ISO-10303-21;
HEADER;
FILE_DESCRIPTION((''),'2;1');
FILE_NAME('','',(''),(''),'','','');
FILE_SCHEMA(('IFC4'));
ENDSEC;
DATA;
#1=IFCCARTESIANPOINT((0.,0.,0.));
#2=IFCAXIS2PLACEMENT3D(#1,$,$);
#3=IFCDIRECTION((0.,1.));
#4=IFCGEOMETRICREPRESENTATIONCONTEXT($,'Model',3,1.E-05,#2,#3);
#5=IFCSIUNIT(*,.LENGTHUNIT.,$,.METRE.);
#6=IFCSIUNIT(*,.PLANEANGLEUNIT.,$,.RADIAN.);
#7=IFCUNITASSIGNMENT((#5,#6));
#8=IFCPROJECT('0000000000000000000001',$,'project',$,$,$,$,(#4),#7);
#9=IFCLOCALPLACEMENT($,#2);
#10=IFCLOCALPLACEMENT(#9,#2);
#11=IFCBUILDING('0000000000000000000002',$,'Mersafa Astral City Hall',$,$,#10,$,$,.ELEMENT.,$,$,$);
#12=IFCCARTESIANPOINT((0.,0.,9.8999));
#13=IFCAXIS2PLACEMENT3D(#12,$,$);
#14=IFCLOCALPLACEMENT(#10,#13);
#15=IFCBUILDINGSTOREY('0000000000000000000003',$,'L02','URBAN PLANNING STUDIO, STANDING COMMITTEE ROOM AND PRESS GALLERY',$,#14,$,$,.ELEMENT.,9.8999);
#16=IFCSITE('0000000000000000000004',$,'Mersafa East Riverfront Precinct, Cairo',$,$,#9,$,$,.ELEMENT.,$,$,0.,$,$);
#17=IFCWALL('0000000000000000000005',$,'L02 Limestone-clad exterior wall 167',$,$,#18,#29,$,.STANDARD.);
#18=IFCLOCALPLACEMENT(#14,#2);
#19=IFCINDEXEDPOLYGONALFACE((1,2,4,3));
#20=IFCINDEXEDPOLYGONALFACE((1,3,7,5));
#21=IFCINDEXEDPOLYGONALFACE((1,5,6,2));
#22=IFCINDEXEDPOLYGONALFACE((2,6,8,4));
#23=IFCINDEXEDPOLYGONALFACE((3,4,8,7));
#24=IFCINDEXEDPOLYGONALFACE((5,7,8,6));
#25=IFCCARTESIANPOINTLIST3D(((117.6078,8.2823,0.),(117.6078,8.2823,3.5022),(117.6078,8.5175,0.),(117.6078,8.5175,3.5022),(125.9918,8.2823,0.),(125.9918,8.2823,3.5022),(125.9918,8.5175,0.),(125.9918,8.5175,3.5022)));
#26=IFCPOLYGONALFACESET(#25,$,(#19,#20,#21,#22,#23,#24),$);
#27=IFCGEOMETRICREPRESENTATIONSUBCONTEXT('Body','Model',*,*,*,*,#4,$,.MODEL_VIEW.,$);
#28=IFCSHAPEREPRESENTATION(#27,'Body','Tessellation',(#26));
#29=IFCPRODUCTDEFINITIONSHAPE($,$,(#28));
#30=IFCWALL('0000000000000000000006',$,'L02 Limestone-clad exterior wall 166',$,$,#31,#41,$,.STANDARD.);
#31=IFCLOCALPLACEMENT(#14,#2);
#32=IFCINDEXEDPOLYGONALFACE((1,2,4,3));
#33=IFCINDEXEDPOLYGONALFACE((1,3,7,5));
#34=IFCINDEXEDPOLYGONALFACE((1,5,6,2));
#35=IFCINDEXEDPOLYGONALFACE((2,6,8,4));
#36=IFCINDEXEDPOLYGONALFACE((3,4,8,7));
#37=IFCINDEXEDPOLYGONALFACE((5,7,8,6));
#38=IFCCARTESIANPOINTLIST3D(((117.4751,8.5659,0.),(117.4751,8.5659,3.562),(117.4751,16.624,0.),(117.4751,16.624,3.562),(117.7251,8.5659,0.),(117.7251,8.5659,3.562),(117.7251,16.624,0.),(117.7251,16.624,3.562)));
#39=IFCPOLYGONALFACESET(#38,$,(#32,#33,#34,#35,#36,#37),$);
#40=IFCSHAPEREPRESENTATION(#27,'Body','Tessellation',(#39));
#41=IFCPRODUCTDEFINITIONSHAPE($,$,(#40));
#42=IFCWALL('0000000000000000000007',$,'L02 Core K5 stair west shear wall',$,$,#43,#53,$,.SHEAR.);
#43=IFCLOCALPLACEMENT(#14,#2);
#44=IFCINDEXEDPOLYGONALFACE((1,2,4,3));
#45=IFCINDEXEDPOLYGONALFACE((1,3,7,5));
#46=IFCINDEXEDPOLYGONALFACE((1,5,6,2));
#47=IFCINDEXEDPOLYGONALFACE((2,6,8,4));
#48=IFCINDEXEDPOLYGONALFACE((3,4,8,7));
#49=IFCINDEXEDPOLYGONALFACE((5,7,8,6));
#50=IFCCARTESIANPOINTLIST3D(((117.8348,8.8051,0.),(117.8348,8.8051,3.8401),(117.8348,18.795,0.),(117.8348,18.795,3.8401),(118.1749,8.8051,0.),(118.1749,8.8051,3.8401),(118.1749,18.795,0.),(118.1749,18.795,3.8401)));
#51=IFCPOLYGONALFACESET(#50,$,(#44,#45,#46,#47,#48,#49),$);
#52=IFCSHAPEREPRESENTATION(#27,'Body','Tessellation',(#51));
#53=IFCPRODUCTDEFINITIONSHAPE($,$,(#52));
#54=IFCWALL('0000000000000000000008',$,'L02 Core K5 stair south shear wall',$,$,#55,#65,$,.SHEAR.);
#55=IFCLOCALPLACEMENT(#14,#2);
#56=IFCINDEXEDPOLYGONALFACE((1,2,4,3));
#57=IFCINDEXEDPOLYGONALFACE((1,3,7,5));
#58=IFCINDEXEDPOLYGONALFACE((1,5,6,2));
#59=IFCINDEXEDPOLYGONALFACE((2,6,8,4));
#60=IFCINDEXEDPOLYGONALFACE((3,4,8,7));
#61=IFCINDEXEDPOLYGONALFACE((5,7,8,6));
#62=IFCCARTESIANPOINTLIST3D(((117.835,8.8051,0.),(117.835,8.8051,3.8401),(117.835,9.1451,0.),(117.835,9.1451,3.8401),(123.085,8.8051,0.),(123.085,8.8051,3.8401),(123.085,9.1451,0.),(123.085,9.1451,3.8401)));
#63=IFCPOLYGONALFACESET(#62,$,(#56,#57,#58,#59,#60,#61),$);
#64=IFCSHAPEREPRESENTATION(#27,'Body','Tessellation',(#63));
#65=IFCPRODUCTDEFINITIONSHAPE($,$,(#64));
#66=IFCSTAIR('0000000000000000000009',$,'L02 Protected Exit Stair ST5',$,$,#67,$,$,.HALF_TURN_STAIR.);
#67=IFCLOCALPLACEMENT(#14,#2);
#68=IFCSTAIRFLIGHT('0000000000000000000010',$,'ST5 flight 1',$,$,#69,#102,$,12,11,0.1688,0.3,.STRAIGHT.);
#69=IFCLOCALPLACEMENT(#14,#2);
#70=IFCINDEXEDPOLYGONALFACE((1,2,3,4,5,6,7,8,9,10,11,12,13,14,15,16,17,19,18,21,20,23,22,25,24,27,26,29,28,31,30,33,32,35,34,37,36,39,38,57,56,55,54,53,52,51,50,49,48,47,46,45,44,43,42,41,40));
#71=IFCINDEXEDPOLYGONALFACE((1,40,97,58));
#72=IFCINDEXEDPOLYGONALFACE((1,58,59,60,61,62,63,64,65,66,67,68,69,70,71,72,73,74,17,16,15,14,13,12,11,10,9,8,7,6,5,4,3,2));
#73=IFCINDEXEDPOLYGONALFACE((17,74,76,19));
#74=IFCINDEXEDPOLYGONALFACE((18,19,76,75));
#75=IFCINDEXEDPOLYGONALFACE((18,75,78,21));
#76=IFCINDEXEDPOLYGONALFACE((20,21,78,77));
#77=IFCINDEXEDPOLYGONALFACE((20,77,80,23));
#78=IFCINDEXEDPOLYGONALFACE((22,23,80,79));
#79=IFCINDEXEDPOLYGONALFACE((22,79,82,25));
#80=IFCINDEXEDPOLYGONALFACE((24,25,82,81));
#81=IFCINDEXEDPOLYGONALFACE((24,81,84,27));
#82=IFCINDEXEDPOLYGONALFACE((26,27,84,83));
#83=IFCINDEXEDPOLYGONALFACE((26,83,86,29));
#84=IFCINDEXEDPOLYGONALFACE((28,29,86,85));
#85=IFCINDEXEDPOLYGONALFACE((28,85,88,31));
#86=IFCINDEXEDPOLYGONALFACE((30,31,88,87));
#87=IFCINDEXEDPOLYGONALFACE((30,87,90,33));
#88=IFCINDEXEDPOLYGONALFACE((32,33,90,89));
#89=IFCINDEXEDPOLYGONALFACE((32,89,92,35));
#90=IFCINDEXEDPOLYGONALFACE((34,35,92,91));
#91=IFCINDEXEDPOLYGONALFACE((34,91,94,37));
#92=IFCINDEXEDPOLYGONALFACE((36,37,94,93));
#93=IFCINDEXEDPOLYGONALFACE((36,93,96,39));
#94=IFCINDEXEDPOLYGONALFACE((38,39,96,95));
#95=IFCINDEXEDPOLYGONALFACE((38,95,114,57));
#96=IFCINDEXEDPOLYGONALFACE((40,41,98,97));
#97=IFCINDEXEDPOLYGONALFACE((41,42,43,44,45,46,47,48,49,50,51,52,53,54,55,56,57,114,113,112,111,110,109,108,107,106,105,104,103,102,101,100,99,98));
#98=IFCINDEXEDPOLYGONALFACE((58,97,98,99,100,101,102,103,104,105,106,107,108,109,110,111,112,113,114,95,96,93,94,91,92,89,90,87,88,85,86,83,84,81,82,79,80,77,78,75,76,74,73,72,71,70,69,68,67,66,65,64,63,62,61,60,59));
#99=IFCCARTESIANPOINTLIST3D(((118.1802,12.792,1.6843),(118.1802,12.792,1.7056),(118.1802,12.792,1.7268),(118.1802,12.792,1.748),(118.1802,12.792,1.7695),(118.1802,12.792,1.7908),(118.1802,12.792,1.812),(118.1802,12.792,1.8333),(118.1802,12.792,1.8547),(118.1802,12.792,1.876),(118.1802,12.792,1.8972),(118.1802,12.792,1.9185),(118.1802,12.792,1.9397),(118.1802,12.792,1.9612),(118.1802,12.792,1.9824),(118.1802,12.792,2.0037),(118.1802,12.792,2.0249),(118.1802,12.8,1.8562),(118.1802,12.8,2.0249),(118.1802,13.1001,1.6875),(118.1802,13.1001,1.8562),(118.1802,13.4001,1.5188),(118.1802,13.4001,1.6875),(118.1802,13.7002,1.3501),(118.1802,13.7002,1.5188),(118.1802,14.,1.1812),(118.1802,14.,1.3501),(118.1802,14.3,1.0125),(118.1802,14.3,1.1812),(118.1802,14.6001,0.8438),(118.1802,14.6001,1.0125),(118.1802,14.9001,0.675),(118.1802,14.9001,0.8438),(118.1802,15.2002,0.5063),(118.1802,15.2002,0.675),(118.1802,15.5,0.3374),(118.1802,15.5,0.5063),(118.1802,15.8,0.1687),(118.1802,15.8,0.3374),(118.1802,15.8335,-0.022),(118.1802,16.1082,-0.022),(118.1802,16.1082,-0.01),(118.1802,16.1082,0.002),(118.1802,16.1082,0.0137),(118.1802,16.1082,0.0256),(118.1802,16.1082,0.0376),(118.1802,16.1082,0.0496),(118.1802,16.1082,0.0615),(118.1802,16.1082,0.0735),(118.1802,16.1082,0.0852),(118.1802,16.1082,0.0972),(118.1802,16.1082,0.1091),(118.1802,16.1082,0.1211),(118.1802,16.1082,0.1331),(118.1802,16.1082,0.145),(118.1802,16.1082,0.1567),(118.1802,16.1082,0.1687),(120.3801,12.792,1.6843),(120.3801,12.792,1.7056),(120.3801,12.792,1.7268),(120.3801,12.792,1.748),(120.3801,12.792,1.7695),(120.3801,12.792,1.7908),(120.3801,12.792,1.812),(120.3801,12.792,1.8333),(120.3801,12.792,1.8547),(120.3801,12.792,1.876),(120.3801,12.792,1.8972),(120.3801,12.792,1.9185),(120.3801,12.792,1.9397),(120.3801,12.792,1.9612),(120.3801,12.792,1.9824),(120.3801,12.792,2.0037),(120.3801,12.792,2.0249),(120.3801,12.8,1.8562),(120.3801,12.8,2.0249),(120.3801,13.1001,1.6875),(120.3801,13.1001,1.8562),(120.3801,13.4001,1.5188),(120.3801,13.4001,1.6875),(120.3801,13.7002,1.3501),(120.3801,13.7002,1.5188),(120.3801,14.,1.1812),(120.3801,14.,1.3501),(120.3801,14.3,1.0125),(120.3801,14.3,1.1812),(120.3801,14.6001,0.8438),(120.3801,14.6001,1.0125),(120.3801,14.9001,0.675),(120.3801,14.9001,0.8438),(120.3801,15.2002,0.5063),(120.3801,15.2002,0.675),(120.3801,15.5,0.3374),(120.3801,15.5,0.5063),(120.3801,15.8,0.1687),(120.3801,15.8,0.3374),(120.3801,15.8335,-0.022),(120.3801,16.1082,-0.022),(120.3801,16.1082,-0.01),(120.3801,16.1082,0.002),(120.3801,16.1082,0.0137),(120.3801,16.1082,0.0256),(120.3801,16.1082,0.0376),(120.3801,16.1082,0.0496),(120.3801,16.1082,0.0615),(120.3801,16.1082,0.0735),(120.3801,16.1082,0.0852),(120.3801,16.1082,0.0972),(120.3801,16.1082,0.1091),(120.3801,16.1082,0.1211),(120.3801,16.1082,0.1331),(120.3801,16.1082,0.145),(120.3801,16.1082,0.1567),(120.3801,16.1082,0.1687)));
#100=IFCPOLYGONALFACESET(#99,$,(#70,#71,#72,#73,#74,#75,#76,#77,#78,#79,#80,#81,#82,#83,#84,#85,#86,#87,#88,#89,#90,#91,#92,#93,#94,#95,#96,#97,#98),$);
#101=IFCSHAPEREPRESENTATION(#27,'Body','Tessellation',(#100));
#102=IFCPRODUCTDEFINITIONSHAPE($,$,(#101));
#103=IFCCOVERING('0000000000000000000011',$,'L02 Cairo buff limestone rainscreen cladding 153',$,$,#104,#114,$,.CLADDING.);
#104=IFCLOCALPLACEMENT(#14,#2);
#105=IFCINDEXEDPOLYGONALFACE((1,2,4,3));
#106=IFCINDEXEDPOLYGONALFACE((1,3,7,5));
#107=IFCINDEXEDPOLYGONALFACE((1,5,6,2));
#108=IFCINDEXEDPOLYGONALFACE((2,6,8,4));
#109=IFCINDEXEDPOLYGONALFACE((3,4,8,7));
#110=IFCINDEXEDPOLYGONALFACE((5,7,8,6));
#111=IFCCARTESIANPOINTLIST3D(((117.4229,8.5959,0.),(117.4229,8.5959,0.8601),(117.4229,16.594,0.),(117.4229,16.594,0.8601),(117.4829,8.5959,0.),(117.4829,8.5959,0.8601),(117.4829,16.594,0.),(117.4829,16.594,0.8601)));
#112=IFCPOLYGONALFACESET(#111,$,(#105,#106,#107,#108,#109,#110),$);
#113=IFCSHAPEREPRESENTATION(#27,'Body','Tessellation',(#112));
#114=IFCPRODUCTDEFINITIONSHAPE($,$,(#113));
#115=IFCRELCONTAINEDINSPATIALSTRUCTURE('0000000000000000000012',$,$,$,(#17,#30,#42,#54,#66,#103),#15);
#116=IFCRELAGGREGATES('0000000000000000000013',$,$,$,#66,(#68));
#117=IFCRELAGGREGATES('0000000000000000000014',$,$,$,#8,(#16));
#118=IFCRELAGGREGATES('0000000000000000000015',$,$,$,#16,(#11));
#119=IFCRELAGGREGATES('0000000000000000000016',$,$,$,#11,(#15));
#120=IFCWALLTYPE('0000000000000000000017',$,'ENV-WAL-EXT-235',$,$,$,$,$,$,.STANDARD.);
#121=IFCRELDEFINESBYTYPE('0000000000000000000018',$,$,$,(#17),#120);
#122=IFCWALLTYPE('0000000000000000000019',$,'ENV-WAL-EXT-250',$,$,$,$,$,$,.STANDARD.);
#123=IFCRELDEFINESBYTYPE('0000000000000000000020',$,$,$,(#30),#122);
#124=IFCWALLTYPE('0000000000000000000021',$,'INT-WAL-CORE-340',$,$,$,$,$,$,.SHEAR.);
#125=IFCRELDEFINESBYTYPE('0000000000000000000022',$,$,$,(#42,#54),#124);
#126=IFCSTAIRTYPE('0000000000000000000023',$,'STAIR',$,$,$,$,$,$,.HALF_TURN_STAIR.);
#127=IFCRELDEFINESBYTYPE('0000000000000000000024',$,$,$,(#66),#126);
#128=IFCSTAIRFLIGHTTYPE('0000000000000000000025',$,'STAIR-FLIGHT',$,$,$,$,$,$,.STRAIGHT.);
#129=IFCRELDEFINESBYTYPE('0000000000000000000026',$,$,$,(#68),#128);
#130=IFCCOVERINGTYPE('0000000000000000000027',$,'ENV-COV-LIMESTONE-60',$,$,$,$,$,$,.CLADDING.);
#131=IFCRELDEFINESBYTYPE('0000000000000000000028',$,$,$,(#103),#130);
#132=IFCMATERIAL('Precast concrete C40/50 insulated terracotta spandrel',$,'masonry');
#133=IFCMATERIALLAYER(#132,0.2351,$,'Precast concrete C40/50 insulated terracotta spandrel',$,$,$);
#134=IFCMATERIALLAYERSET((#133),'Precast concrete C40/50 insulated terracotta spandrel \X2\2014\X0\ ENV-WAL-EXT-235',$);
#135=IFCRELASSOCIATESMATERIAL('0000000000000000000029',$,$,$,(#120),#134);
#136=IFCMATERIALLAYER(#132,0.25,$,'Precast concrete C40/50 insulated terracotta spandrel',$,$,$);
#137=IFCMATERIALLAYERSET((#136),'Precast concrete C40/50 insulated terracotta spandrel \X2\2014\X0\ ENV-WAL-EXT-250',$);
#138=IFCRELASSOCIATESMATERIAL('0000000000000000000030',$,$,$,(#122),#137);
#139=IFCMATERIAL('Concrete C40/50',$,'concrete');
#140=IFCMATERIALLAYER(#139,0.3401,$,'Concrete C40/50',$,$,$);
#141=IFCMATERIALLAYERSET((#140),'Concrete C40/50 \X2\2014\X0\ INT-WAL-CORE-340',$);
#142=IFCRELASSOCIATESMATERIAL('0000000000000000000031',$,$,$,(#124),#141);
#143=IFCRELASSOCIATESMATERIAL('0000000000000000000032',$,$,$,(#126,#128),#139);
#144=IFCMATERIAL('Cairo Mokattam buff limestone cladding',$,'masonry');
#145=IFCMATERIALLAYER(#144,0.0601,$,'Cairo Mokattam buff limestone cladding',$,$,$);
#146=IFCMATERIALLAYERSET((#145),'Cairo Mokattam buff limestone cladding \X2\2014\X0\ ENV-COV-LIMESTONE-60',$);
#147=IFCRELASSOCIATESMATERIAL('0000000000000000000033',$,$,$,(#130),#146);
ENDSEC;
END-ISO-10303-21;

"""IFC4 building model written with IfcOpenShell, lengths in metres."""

from ifc_helpers import new_model, si_unit, direction, frame, frame_2d, origin, origin_2d, place, context, subcontext, project, spatial, polyline, rectangle, outline, extrude, material, layer, layer_set, type_object, element, aggregate, save


model = new_model("IFC4")

# Units and contexts
model_context = context("Model", 3, precision=1e-05, world=origin(), true_north=direction((0.0, 1.0)))
body_context = subcontext(model_context, "Body", "Model", "MODEL_VIEW")
ifc_project = project(units=[si_unit("LENGTHUNIT", "METRE"), si_unit("PLANEANGLEUNIT", "RADIAN")], contexts=[model_context])

# Site, building, storey
site_placement = place(None, origin())
site = spatial("IfcSite", under=ifc_project, at=site_placement, Name="Mersafa East Riverfront Precinct, Cairo", CompositionType="ELEMENT", RefElevation=0.0)
building_placement = place(site_placement, origin())
building = spatial("IfcBuilding", under=site, at=building_placement, Name="Mersafa Astral City Hall", CompositionType="ELEMENT")
storey_placement = place(building_placement, frame((0.0, 0.0, 9.8999)))
storey = spatial("IfcBuildingStorey", under=building, at=storey_placement, Name="L02", Description="URBAN PLANNING STUDIO, STANDING COMMITTEE ROOM AND PRESS GALLERY", CompositionType="ELEMENT", Elevation=9.8999)

# Walls
ifc_material_1 = material(Name="Precast concrete C40/50 insulated terracotta spandrel", Category="masonry")
ifc_layer_1 = layer(ifc_material_1, 0.2351, Name="Precast concrete C40/50 insulated terracotta spandrel")
ifc_layer_set_1 = layer_set([ifc_layer_1], Name="Precast concrete C40/50 insulated terracotta spandrel — ENV-WAL-EXT-235")
wall_type_1 = type_object("IfcWallType", Name="ENV-WAL-EXT-235", PredefinedType="STANDARD", material=ifc_layer_set_1)
wall_1_placement = place(storey_placement, frame((117.6079, 8.3999, 0.0), z_axis=(0.0, 0.0, 1.0), x_axis=(1.0, 0.0, 0.0)))
element("IfcWall", 1, at=wall_1_placement, inside=storey, type_object=wall_type_1, Name="L02 Limestone-clad exterior wall 167", PredefinedType="STANDARD", context=body_context, shape_type="SweptSolid", body=[
    extrude(rectangle(XDim=8.384, YDim=0.2351, at=frame_2d((4.1919, 0.0))), origin(), (0.0, 0.0, 1.0), 3.5022),
])
ifc_layer_2 = layer(ifc_material_1, 0.25, Name="Precast concrete C40/50 insulated terracotta spandrel")
ifc_layer_set_2 = layer_set([ifc_layer_2], Name="Precast concrete C40/50 insulated terracotta spandrel — ENV-WAL-EXT-250")
wall_type_2 = type_object("IfcWallType", Name="ENV-WAL-EXT-250", PredefinedType="STANDARD", material=ifc_layer_set_2)
wall_2_placement = place(storey_placement, frame((117.6001, 16.624, 0.0), z_axis=(0.0, 0.0, 1.0), x_axis=(0.0, -1.0, 0.0)))
element("IfcWall", 2, at=wall_2_placement, inside=storey, type_object=wall_type_2, Name="L02 Limestone-clad exterior wall 166", PredefinedType="STANDARD", context=body_context, shape_type="SweptSolid", body=[
    extrude(rectangle(XDim=8.0581, YDim=0.25, at=frame_2d((4.0291, 0.0))), origin(), (0.0, 0.0, 1.0), 3.562),
])
ifc_material_2 = material(Name="Concrete C40/50", Category="concrete")
ifc_layer_3 = layer(ifc_material_2, 0.3401, Name="Concrete C40/50")
ifc_layer_set_3 = layer_set([ifc_layer_3], Name="Concrete C40/50 — INT-WAL-CORE-340")
wall_type_3 = type_object("IfcWallType", Name="INT-WAL-CORE-340", PredefinedType="SHEAR", material=ifc_layer_set_3)
wall_3_placement = place(storey_placement, frame((118.0049, 8.8049, 0.0), z_axis=(0.0, 0.0, 1.0), x_axis=(0.0, 1.0, 0.0)))
element("IfcWall", 3, at=wall_3_placement, inside=storey, type_object=wall_type_3, Name="L02 Core K5 stair west shear wall", PredefinedType="SHEAR", context=body_context, shape_type="SweptSolid", body=[
    extrude(rectangle(XDim=9.99, YDim=0.3401, at=frame_2d((4.9951, 0.0))), origin(), (0.0, 0.0, 1.0), 3.8401),
])
wall_4_placement = place(storey_placement, frame((117.835, 8.9751, 0.0), z_axis=(0.0, 0.0, 1.0), x_axis=(1.0, 0.0, 0.0)))
element("IfcWall", 4, at=wall_4_placement, inside=storey, type_object=wall_type_3, Name="L02 Core K5 stair south shear wall", PredefinedType="SHEAR", context=body_context, shape_type="SweptSolid", body=[
    extrude(rectangle(XDim=5.25, YDim=0.3401, at=frame_2d((2.625, 0.0))), origin(), (0.0, 0.0, 1.0), 3.8401),
])

# Stair, stair flight
stair_type = type_object("IfcStairType", Name="STAIR", PredefinedType="HALF_TURN_STAIR", material=ifc_material_2)
stair_placement = place(storey_placement, origin())
stair = element("IfcStair", 5, at=stair_placement, inside=storey, type_object=stair_type, Name="L02 Protected Exit Stair ST5", PredefinedType="HALF_TURN_STAIR")
stair_flight_type = type_object("IfcStairFlightType", Name="STAIR-FLIGHT", PredefinedType="STRAIGHT", material=ifc_material_2)
stair_flight_placement = place(storey_placement, frame((119.28, 16.1001, 0.0), z_axis=(0.0, 0.0, 1.0), x_axis=(0.0, -1.0, 0.0)))
stair_flight = element("IfcStairFlight", 6, at=stair_flight_placement, type_object=stair_flight_type, Name="ST5 flight 1", NumberOfRisers=12, NumberOfTreads=11, PredefinedType="STRAIGHT", RiserHeight=0.1688, TreadLength=0.3, context=body_context, shape_type="SweptSolid", body=[
    extrude(outline(polyline([(-0.0081, -0.022), (-0.0081, -0.01), (-0.0081, 0.002), (-0.0081, 0.0137), (-0.0081, 0.0256), (-0.0081, 0.0376), (-0.0081, 0.0496), (-0.0081, 0.0615), (-0.0081, 0.0735), (-0.0081, 0.0852), (-0.0081, 0.0972), (-0.0081, 0.1091), (-0.0081, 0.1211), (-0.0081, 0.1331), (-0.0081, 0.145), (-0.0081, 0.1567), (-0.0081, 0.1687), (0.3, 0.1687), (0.3, 0.3374), (0.6001, 0.3374), (0.6001, 0.5063), (0.8999, 0.5063), (0.8999, 0.675), (1.2, 0.675), (1.2, 0.8438), (1.5, 0.8438), (1.5, 1.0125), (1.8, 1.0125), (1.8, 1.1812), (2.1001, 1.1812), (2.1001, 1.3501), (2.3999, 1.3501), (2.3999, 1.5188), (2.7, 1.5188), (2.7, 1.6875), (3.0, 1.6875), (3.0, 1.8562), (3.3, 1.8562), (3.3, 2.0249), (3.3081, 2.0249), (3.3081, 2.0037), (3.3081, 1.9824), (3.3081, 1.9612), (3.3081, 1.9397), (3.3081, 1.9185), (3.3081, 1.8972), (3.3081, 1.876), (3.3081, 1.8547), (3.3081, 1.8333), (3.3081, 1.812), (3.3081, 1.7908), (3.3081, 1.7695), (3.3081, 1.748), (3.3081, 1.7268), (3.3081, 1.7056), (3.3081, 1.6843), (0.2666, -0.022), (-0.0081, -0.022)])), frame((0.0, 1.1001, 0.0), z_axis=(0.0, -1.0, 0.0), x_axis=(1.0, 0.0, 0.0)), (0.0, 0.0, 1.0), 2.2),
])
aggregate(stair, [stair_flight])

# Covering
ifc_material_3 = material(Name="Cairo Mokattam buff limestone cladding", Category="masonry")
ifc_layer_4 = layer(ifc_material_3, 0.0601, Name="Cairo Mokattam buff limestone cladding")
ifc_layer_set_4 = layer_set([ifc_layer_4], Name="Cairo Mokattam buff limestone cladding — ENV-COV-LIMESTONE-60")
covering_type = type_object("IfcCoveringType", Name="ENV-COV-LIMESTONE-60", PredefinedType="CLADDING", material=ifc_layer_set_4)
covering_placement = place(storey_placement, frame((117.4529, 12.595, 0.0), z_axis=(0.0, 0.0, 1.0), x_axis=(0.0, -1.0, 0.0)))
element("IfcCovering", 7, at=covering_placement, inside=storey, type_object=covering_type, Name="L02 Cairo buff limestone rainscreen cladding 153", PredefinedType="CLADDING", context=body_context, shape_type="SweptSolid", body=[
    extrude(rectangle(XDim=7.998, YDim=0.0601, at=origin_2d()), origin(), (0.0, 0.0, 1.0), 0.8601),
])

save(model, "model.ifc")
